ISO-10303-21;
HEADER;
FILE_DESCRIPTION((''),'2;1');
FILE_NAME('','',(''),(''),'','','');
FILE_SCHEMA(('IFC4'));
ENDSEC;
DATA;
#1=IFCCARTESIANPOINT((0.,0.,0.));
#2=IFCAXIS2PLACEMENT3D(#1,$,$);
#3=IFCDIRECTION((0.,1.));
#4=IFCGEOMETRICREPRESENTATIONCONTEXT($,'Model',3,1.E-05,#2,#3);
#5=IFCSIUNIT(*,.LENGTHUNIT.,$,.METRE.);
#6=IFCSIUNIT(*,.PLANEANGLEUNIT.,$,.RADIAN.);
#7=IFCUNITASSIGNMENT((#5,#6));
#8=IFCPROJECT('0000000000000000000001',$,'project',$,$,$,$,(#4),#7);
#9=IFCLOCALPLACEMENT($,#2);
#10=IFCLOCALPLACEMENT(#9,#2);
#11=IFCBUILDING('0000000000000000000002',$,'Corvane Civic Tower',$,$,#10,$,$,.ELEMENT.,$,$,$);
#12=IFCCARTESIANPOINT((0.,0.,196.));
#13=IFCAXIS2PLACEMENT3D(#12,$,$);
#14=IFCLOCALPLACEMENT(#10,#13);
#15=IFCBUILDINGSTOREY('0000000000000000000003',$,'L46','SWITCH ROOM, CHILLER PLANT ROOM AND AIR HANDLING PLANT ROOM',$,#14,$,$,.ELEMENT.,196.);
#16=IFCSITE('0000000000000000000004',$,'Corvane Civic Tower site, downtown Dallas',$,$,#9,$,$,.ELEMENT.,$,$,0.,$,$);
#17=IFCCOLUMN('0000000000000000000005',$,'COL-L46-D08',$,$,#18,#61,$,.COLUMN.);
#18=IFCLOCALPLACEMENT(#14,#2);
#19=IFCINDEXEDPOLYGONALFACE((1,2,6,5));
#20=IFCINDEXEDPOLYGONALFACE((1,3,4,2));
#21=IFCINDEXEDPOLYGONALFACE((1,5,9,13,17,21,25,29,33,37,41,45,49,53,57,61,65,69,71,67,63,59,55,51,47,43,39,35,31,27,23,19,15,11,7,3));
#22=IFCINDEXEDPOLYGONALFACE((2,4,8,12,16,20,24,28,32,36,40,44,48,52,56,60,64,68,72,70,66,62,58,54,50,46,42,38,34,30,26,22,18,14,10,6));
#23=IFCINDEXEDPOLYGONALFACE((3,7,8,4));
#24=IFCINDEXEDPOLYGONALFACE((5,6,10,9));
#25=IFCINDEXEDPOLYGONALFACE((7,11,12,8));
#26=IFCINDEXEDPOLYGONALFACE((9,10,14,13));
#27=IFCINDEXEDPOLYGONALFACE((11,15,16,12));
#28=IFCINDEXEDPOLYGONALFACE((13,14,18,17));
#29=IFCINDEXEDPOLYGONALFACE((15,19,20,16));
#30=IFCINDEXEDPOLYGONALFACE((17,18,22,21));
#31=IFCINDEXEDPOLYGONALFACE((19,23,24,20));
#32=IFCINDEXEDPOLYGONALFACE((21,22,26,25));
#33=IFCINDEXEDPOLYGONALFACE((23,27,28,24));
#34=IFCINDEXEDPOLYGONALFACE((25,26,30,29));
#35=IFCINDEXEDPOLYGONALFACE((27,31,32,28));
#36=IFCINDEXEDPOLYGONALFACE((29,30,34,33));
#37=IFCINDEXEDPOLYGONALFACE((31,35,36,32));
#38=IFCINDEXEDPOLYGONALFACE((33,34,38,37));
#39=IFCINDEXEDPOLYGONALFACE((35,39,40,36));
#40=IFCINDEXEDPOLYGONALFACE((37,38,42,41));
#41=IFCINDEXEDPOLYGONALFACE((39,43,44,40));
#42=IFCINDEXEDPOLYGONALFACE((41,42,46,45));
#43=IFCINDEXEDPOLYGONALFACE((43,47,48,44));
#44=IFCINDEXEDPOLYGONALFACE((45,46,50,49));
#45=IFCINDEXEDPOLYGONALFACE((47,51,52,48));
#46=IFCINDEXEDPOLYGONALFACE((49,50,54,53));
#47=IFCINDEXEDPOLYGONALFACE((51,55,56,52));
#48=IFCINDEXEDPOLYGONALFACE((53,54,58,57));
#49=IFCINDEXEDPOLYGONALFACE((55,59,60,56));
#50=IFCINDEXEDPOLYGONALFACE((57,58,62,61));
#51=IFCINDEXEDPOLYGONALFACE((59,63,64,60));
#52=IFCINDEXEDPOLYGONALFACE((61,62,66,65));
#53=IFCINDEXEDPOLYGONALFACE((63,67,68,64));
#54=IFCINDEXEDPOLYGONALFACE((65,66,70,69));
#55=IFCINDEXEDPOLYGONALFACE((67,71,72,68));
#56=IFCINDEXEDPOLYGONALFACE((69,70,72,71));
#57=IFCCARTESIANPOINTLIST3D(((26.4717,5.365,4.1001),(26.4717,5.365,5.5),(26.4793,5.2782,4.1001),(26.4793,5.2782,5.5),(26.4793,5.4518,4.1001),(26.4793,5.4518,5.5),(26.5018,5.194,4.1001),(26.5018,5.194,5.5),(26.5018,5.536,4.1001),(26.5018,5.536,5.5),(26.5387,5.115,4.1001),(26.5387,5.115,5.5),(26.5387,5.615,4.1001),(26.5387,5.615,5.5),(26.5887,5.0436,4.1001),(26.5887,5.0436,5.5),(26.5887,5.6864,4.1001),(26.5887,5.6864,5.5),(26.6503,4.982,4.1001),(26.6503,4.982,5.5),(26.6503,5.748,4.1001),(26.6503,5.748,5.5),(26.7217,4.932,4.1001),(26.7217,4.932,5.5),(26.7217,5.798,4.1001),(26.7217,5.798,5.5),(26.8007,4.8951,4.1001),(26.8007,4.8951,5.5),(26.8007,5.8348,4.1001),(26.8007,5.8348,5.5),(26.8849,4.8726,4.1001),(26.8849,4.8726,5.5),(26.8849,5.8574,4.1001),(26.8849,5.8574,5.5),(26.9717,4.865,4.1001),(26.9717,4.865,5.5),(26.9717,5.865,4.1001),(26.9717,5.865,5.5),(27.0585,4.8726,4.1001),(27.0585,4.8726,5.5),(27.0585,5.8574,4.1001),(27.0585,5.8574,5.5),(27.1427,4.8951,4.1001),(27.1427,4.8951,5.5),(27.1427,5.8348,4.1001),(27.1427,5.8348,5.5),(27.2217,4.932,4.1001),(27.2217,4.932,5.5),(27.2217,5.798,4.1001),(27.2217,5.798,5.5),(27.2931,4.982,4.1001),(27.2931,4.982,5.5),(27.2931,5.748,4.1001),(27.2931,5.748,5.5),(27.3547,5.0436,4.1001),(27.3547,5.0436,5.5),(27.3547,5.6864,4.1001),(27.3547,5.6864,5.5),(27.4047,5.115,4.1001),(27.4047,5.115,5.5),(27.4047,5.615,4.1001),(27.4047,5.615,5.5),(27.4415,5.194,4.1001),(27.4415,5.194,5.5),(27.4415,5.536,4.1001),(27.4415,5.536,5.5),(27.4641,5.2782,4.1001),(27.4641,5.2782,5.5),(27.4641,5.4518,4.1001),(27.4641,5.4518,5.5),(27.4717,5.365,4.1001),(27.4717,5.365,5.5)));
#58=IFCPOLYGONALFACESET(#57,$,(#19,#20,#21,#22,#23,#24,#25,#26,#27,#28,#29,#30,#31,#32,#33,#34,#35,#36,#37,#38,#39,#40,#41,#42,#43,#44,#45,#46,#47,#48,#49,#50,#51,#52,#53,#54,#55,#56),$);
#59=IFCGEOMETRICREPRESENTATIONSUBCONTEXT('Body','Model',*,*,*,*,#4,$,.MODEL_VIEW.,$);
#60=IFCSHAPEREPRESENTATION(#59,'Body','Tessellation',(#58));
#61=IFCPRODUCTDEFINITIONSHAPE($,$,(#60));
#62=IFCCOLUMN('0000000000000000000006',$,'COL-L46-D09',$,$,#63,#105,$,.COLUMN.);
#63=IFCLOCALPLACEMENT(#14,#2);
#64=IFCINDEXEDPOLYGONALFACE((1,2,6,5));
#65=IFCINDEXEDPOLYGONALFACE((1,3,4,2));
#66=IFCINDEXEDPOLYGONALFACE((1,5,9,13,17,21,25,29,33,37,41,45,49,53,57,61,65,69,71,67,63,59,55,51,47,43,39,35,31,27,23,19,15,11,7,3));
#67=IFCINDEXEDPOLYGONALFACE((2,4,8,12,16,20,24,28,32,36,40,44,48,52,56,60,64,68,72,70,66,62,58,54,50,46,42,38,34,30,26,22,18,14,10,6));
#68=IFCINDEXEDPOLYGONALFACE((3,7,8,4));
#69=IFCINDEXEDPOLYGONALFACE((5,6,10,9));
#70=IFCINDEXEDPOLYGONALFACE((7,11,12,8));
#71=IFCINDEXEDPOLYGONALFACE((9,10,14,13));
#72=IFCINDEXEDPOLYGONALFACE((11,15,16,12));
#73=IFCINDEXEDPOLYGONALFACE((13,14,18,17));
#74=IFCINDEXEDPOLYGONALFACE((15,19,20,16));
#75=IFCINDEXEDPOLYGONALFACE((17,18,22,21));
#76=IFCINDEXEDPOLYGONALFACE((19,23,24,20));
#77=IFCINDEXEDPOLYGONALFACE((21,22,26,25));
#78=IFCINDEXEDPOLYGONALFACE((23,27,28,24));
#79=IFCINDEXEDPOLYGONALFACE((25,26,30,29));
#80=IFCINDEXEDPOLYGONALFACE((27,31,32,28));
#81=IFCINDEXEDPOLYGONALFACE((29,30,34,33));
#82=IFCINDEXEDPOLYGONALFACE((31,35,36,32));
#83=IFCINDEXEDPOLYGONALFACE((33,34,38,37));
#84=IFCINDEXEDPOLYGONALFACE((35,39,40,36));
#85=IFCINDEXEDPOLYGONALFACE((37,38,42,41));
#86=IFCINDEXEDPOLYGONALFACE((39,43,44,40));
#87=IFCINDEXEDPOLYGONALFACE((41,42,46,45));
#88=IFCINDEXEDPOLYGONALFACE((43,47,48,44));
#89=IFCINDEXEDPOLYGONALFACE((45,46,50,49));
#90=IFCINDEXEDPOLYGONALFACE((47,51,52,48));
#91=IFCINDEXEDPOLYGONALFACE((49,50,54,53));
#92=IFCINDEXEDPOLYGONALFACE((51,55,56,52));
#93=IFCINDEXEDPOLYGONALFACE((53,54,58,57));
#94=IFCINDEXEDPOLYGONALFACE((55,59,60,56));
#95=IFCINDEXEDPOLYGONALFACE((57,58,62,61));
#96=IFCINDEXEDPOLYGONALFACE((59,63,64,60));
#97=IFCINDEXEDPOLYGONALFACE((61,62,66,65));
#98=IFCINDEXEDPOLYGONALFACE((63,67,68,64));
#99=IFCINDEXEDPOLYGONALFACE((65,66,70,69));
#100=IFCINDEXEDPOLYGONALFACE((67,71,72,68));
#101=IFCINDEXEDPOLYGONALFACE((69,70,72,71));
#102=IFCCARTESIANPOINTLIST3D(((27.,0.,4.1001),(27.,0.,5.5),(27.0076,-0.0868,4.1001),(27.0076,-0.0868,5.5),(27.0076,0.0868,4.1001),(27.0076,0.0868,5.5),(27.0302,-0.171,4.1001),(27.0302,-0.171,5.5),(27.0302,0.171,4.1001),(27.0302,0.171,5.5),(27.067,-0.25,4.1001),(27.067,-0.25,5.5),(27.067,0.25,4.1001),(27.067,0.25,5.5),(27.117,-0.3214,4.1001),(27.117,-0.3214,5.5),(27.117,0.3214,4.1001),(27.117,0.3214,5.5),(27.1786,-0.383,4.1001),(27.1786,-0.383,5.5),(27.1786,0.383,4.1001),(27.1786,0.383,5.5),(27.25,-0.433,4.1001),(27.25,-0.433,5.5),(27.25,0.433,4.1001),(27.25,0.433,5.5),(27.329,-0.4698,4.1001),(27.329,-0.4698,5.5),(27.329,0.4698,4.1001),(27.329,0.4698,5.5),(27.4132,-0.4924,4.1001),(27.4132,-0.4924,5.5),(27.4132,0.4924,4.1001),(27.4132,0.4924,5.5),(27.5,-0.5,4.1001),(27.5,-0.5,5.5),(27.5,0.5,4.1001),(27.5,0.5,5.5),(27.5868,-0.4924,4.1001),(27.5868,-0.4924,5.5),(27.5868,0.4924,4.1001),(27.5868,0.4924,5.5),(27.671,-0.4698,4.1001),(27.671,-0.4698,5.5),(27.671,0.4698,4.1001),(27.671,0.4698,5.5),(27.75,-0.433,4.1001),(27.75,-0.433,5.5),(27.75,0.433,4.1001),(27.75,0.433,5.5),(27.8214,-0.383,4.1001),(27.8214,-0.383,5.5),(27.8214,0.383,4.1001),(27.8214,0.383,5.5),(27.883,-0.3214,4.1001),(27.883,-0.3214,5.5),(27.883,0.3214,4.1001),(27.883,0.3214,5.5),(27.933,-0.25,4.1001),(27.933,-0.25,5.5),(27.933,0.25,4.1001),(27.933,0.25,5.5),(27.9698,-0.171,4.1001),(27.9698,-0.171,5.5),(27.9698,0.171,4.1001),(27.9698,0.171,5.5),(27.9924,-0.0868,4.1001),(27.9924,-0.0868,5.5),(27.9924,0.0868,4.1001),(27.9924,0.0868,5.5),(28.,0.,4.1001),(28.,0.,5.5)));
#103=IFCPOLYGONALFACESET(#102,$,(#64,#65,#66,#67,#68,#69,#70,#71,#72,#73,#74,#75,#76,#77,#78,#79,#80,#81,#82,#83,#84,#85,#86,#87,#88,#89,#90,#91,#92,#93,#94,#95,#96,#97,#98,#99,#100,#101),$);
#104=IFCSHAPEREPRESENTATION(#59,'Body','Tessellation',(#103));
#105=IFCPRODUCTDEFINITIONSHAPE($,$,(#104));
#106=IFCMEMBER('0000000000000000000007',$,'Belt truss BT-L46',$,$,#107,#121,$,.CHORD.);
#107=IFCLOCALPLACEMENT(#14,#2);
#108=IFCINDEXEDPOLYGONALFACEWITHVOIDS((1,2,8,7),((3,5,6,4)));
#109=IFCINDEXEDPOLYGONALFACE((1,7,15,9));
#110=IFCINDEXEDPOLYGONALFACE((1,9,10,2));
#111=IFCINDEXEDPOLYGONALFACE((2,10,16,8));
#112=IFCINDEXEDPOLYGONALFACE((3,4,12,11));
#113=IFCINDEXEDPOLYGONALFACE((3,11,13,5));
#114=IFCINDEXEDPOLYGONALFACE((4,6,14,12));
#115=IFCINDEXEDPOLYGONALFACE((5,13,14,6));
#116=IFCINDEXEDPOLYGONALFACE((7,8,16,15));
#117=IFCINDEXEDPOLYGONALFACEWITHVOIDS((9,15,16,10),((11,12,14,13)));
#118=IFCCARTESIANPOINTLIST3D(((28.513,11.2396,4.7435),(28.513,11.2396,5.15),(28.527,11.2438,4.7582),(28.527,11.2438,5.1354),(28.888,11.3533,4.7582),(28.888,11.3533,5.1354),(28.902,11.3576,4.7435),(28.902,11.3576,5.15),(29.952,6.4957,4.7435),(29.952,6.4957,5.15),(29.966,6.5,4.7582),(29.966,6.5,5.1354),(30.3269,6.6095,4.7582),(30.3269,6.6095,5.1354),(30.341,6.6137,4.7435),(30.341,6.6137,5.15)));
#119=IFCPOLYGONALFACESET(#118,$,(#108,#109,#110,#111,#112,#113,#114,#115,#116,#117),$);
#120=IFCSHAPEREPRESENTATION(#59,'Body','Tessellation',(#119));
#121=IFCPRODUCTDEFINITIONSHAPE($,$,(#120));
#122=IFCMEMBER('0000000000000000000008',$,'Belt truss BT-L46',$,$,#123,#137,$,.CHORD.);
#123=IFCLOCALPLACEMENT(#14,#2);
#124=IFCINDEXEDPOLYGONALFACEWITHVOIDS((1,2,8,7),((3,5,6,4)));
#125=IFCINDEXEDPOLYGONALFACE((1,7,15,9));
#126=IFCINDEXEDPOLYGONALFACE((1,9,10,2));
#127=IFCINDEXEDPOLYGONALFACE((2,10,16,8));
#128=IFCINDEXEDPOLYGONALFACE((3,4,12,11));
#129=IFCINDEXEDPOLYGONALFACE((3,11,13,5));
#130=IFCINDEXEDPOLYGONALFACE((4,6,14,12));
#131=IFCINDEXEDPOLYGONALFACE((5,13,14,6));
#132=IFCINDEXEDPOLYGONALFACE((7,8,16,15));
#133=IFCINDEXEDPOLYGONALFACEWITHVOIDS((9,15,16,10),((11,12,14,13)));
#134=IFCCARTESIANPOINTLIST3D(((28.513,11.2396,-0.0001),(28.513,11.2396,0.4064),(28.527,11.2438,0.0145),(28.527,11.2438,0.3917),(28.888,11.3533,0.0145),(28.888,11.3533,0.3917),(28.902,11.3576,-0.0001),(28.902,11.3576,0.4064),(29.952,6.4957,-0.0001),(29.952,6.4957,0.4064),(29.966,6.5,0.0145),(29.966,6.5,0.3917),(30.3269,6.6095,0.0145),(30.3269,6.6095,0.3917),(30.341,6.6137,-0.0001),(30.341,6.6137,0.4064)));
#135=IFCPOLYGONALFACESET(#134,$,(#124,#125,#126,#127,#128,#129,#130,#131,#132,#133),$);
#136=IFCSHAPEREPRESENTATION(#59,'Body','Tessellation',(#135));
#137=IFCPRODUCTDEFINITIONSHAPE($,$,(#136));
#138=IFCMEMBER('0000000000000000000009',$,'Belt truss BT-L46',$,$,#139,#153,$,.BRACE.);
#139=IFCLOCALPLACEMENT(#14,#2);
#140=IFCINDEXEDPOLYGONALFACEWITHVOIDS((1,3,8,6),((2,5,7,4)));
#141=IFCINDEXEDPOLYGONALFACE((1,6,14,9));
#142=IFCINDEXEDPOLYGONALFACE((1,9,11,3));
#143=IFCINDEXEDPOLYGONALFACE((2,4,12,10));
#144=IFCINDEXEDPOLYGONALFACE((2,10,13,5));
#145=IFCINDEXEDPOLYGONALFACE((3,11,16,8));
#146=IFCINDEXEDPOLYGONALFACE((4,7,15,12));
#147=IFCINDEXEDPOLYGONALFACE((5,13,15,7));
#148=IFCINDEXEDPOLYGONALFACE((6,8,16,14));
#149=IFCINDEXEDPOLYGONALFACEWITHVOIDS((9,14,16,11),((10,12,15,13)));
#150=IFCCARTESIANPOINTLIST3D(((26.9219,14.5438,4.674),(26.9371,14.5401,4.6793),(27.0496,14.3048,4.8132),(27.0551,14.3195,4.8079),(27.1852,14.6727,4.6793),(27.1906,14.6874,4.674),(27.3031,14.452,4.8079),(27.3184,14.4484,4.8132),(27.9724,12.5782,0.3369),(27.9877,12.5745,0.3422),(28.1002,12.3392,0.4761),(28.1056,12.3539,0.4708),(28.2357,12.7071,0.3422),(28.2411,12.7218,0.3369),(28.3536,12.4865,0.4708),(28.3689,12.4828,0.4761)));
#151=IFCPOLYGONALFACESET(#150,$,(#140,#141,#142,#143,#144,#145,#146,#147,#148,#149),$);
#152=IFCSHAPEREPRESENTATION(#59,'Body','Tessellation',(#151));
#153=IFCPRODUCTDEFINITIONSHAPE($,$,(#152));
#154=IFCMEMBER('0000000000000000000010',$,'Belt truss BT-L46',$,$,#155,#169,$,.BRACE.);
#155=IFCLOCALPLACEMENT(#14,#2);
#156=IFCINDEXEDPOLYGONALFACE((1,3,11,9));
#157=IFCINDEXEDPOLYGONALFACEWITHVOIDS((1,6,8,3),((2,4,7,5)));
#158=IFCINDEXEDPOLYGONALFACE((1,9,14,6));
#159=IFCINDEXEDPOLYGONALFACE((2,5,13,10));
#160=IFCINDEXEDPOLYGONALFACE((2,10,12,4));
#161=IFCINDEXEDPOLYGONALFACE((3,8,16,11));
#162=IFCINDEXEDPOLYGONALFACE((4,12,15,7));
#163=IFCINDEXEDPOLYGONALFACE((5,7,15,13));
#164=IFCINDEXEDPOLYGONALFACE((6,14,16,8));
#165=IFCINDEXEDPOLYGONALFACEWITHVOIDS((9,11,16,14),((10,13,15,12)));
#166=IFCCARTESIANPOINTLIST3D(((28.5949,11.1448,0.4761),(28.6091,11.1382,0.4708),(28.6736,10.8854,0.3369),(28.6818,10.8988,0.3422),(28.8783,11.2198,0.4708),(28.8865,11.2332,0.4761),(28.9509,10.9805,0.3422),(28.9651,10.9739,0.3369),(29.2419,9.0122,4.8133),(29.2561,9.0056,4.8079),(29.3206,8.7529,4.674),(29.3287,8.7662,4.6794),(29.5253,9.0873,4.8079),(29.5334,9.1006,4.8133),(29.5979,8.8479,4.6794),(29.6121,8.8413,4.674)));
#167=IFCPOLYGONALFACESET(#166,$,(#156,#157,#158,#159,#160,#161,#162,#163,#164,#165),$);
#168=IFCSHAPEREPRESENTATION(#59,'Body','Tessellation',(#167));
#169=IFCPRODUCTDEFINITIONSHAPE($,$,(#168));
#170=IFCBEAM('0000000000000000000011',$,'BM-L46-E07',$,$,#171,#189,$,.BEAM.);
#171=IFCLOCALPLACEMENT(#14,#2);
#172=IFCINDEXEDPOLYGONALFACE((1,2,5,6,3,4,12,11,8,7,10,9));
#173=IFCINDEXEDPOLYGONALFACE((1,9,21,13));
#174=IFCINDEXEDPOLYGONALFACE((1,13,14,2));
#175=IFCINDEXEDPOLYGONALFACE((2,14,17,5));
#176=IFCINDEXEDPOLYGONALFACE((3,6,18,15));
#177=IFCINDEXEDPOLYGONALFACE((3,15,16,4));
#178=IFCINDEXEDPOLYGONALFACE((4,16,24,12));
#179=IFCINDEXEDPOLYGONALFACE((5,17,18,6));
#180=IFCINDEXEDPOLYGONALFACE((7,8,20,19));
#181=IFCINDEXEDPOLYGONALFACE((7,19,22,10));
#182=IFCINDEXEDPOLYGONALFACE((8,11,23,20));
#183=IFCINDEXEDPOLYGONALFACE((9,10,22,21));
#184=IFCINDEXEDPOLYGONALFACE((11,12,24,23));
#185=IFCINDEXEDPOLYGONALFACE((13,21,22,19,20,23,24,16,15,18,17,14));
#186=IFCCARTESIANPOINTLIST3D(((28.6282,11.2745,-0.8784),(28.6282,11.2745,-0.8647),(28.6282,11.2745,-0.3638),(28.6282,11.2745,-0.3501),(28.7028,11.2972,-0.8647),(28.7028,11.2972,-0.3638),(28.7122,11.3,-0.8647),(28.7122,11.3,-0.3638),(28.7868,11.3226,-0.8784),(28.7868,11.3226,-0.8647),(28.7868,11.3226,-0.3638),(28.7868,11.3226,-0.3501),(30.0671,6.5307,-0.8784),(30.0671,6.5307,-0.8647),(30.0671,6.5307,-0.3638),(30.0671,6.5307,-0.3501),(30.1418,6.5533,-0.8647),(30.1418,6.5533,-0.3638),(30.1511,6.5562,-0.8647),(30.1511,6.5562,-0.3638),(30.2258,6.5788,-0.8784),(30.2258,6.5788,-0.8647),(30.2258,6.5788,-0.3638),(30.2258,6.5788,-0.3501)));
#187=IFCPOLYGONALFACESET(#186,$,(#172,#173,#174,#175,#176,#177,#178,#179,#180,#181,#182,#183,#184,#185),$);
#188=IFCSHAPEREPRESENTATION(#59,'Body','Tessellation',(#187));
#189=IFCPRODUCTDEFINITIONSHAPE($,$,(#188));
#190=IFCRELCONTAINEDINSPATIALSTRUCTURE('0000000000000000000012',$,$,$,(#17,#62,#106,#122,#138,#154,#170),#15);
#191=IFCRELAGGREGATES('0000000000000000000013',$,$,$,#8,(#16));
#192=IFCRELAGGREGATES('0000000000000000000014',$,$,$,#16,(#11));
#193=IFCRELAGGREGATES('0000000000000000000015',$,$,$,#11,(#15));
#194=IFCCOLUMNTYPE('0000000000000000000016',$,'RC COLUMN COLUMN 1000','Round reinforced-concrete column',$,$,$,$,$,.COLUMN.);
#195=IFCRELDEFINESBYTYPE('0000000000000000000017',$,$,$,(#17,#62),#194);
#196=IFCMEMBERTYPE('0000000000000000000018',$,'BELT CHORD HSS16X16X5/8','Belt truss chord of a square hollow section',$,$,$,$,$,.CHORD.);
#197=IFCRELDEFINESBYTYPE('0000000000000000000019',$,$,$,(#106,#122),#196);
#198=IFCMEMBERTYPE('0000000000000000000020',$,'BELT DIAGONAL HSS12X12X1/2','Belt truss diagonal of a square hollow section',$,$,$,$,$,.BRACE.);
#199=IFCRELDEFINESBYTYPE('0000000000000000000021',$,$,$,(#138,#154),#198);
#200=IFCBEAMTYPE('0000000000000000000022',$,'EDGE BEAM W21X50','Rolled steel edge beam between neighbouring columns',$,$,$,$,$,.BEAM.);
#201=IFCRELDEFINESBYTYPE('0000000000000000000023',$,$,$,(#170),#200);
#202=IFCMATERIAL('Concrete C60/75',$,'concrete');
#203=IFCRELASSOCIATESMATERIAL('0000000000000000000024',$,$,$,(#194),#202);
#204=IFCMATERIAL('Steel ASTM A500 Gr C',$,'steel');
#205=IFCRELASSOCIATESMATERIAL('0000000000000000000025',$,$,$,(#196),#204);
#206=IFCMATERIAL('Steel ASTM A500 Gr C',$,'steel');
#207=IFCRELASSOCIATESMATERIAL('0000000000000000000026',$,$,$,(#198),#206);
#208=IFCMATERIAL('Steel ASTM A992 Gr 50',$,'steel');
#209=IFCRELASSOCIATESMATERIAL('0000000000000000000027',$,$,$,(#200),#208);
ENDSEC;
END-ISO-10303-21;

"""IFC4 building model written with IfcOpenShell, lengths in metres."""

from ifc_helpers import new_model, si_unit, direction, frame, origin, origin_2d, place, context, subcontext, project, spatial, hollow_rectangle, circle, i_section, extrude, material, material_profile, profile_set, type_object, element, save


model = new_model("IFC4")

# Units and contexts
model_context = context("Model", 3, precision=1e-05, world=origin(), true_north=direction((0.0, 1.0)))
body_context = subcontext(model_context, "Body", "Model", "MODEL_VIEW")
ifc_project = project(units=[si_unit("LENGTHUNIT", "METRE"), si_unit("PLANEANGLEUNIT", "RADIAN")], contexts=[model_context])

# Site, building, storey
site_placement = place(None, origin())
site = spatial("IfcSite", under=ifc_project, at=site_placement, Name="Corvane Civic Tower site, downtown Dallas", CompositionType="ELEMENT", RefElevation=0.0)
building_placement = place(site_placement, origin())
building = spatial("IfcBuilding", under=site, at=building_placement, Name="Corvane Civic Tower", CompositionType="ELEMENT")
storey_placement = place(building_placement, frame((0.0, 0.0, 196.0)))
storey = spatial("IfcBuildingStorey", under=building, at=storey_placement, Name="L46", Description="SWITCH ROOM, CHILLER PLANT ROOM AND AIR HANDLING PLANT ROOM", CompositionType="ELEMENT", Elevation=196.0)

# Columns
ifc_material_1 = material(Name="Concrete C60/75", Category="concrete")
ifc_material_profile_1 = material_profile(ifc_material_1, circle(Radius=0.5, at=origin_2d()), Name="COLUMN 1000")
ifc_profile_set_1 = profile_set([ifc_material_profile_1], Name="Concrete C60/75")
column_type_1 = type_object("IfcColumnType", Name="RC COLUMN COLUMN 1000", Description="Round reinforced-concrete column", PredefinedType="COLUMN", material=ifc_profile_set_1)
for number, where, z_axis, x_axis, name in (
    (1, (26.9717, 5.365, 4.1001), (0.0, 0.0, 1.0), (1.0, 0.0, 0.0), "COL-L46-D08"),
    (2, (27.5, 0.0, 4.1001), (0.0, 0.0, 1.0), (1.0, 0.0, 0.0), "COL-L46-D09"),
):
    element("IfcColumn", number, at=place(storey_placement, frame(where, z_axis=z_axis, x_axis=x_axis)), inside=storey, type_object=column_type_1, Name=name, PredefinedType="COLUMN", context=body_context, shape_type="SweptSolid", body=[
        extrude(circle(Radius=0.5, at=origin_2d()), origin(), (0.0, 0.0, 1.0), 1.3999),
    ])

# Members
ifc_material_2 = material(Name="Steel ASTM A500 Gr C", Category="steel")
ifc_material_profile_2 = material_profile(ifc_material_2, hollow_rectangle(XDim=0.4065, YDim=0.4065, WallThickness=0.0146, at=origin_2d()), Name="HSS16X16X5/8")
ifc_profile_set_2 = profile_set([ifc_material_profile_2], Name="Steel ASTM A500 Gr C")
member_type_1 = type_object("IfcMemberType", Name="BELT CHORD HSS16X16X5/8", Description="Belt truss chord of a square hollow section", PredefinedType="CHORD", material=ifc_profile_set_2)
for number, where, z_axis, x_axis, name in (
    (3, (28.7075, 11.2986, 4.9468), (0.29027, -0.956945, 0.0), (0.956945, 0.29027, 0.0), "Belt truss BT-L46"),
    (4, (28.7075, 11.2986, 0.2031), (0.29027, -0.956945, 0.0), (0.956945, 0.29027, 0.0), "Belt truss BT-L46"),
):
    element("IfcMember", number, at=place(storey_placement, frame(where, z_axis=z_axis, x_axis=x_axis)), inside=storey, type_object=member_type_1, Name=name, PredefinedType="CHORD", context=body_context, shape_type="SweptSolid", body=[
        extrude(hollow_rectangle(XDim=0.4065, YDim=0.4065, WallThickness=0.0146, at=origin_2d()), origin(), (0.0, 0.0, 1.0), 4.9573),
    ])
ifc_material_3 = material(Name="Steel ASTM A500 Gr C", Category="steel")
ifc_material_profile_3 = material_profile(ifc_material_3, hollow_rectangle(XDim=0.3047, YDim=0.3047, WallThickness=0.0117, at=origin_2d()), Name="HSS12X12X1/2")
ifc_profile_set_3 = profile_set([ifc_material_profile_3], Name="Steel ASTM A500 Gr C")
member_type_2 = type_object("IfcMemberType", Name="BELT DIAGONAL HSS12X12X1/2", Description="Belt truss diagonal of a square hollow section", PredefinedType="BRACE", material=ifc_profile_set_3)
for number, where, z_axis, x_axis, name in (
    (5, (28.1707, 12.5305, 0.4065), (-0.215438, 0.40309, 0.889441), (-0.881937, -0.471367, 0.0), "Belt truss BT-L46"),
    (6, (28.78, 11.0593, 0.4065), (0.13268, -0.437342, 0.889454), (0.956932, 0.290311, 0.0), "Belt truss BT-L46"),
):
    element("IfcMember", number, at=place(storey_placement, frame(where, z_axis=z_axis, x_axis=x_axis)), inside=storey, type_object=member_type_2, Name=name, PredefinedType="BRACE", context=body_context, shape_type="SweptSolid", body=[
        extrude(hollow_rectangle(XDim=0.3047, YDim=0.3047, WallThickness=0.0117, at=origin_2d()), origin(), (0.0, 0.0, 1.0), 4.8762),
    ])

# Beam
ifc_material_4 = material(Name="Steel ASTM A992 Gr 50", Category="steel")
ifc_material_profile_4 = material_profile(ifc_material_4, i_section(OverallWidth=0.1658, OverallDepth=0.5283, WebThickness=0.0098, FlangeThickness=0.0137, at=origin_2d()), Name="W21X50")
ifc_profile_set_4 = profile_set([ifc_material_profile_4], Name="Steel ASTM A992 Gr 50")
beam_type_1 = type_object("IfcBeamType", Name="EDGE BEAM W21X50", Description="Rolled steel edge beam between neighbouring columns", PredefinedType="BEAM", material=ifc_profile_set_4)
beam_1_placement = place(storey_placement, frame((28.7075, 11.2986, -0.6143), z_axis=(0.29027, -0.956945, 0.0), x_axis=(0.956945, 0.29027, 0.0)))
element("IfcBeam", 7, at=beam_1_placement, inside=storey, type_object=beam_type_1, Name="BM-L46-E07", PredefinedType="BEAM", context=body_context, shape_type="SweptSolid", body=[
    extrude(i_section(OverallWidth=0.1658, OverallDepth=0.5283, WebThickness=0.0098, FlangeThickness=0.0137, at=origin_2d()), origin(), (0.0, 0.0, 1.0), 4.9573),
])

save(model, "model.ifc")
